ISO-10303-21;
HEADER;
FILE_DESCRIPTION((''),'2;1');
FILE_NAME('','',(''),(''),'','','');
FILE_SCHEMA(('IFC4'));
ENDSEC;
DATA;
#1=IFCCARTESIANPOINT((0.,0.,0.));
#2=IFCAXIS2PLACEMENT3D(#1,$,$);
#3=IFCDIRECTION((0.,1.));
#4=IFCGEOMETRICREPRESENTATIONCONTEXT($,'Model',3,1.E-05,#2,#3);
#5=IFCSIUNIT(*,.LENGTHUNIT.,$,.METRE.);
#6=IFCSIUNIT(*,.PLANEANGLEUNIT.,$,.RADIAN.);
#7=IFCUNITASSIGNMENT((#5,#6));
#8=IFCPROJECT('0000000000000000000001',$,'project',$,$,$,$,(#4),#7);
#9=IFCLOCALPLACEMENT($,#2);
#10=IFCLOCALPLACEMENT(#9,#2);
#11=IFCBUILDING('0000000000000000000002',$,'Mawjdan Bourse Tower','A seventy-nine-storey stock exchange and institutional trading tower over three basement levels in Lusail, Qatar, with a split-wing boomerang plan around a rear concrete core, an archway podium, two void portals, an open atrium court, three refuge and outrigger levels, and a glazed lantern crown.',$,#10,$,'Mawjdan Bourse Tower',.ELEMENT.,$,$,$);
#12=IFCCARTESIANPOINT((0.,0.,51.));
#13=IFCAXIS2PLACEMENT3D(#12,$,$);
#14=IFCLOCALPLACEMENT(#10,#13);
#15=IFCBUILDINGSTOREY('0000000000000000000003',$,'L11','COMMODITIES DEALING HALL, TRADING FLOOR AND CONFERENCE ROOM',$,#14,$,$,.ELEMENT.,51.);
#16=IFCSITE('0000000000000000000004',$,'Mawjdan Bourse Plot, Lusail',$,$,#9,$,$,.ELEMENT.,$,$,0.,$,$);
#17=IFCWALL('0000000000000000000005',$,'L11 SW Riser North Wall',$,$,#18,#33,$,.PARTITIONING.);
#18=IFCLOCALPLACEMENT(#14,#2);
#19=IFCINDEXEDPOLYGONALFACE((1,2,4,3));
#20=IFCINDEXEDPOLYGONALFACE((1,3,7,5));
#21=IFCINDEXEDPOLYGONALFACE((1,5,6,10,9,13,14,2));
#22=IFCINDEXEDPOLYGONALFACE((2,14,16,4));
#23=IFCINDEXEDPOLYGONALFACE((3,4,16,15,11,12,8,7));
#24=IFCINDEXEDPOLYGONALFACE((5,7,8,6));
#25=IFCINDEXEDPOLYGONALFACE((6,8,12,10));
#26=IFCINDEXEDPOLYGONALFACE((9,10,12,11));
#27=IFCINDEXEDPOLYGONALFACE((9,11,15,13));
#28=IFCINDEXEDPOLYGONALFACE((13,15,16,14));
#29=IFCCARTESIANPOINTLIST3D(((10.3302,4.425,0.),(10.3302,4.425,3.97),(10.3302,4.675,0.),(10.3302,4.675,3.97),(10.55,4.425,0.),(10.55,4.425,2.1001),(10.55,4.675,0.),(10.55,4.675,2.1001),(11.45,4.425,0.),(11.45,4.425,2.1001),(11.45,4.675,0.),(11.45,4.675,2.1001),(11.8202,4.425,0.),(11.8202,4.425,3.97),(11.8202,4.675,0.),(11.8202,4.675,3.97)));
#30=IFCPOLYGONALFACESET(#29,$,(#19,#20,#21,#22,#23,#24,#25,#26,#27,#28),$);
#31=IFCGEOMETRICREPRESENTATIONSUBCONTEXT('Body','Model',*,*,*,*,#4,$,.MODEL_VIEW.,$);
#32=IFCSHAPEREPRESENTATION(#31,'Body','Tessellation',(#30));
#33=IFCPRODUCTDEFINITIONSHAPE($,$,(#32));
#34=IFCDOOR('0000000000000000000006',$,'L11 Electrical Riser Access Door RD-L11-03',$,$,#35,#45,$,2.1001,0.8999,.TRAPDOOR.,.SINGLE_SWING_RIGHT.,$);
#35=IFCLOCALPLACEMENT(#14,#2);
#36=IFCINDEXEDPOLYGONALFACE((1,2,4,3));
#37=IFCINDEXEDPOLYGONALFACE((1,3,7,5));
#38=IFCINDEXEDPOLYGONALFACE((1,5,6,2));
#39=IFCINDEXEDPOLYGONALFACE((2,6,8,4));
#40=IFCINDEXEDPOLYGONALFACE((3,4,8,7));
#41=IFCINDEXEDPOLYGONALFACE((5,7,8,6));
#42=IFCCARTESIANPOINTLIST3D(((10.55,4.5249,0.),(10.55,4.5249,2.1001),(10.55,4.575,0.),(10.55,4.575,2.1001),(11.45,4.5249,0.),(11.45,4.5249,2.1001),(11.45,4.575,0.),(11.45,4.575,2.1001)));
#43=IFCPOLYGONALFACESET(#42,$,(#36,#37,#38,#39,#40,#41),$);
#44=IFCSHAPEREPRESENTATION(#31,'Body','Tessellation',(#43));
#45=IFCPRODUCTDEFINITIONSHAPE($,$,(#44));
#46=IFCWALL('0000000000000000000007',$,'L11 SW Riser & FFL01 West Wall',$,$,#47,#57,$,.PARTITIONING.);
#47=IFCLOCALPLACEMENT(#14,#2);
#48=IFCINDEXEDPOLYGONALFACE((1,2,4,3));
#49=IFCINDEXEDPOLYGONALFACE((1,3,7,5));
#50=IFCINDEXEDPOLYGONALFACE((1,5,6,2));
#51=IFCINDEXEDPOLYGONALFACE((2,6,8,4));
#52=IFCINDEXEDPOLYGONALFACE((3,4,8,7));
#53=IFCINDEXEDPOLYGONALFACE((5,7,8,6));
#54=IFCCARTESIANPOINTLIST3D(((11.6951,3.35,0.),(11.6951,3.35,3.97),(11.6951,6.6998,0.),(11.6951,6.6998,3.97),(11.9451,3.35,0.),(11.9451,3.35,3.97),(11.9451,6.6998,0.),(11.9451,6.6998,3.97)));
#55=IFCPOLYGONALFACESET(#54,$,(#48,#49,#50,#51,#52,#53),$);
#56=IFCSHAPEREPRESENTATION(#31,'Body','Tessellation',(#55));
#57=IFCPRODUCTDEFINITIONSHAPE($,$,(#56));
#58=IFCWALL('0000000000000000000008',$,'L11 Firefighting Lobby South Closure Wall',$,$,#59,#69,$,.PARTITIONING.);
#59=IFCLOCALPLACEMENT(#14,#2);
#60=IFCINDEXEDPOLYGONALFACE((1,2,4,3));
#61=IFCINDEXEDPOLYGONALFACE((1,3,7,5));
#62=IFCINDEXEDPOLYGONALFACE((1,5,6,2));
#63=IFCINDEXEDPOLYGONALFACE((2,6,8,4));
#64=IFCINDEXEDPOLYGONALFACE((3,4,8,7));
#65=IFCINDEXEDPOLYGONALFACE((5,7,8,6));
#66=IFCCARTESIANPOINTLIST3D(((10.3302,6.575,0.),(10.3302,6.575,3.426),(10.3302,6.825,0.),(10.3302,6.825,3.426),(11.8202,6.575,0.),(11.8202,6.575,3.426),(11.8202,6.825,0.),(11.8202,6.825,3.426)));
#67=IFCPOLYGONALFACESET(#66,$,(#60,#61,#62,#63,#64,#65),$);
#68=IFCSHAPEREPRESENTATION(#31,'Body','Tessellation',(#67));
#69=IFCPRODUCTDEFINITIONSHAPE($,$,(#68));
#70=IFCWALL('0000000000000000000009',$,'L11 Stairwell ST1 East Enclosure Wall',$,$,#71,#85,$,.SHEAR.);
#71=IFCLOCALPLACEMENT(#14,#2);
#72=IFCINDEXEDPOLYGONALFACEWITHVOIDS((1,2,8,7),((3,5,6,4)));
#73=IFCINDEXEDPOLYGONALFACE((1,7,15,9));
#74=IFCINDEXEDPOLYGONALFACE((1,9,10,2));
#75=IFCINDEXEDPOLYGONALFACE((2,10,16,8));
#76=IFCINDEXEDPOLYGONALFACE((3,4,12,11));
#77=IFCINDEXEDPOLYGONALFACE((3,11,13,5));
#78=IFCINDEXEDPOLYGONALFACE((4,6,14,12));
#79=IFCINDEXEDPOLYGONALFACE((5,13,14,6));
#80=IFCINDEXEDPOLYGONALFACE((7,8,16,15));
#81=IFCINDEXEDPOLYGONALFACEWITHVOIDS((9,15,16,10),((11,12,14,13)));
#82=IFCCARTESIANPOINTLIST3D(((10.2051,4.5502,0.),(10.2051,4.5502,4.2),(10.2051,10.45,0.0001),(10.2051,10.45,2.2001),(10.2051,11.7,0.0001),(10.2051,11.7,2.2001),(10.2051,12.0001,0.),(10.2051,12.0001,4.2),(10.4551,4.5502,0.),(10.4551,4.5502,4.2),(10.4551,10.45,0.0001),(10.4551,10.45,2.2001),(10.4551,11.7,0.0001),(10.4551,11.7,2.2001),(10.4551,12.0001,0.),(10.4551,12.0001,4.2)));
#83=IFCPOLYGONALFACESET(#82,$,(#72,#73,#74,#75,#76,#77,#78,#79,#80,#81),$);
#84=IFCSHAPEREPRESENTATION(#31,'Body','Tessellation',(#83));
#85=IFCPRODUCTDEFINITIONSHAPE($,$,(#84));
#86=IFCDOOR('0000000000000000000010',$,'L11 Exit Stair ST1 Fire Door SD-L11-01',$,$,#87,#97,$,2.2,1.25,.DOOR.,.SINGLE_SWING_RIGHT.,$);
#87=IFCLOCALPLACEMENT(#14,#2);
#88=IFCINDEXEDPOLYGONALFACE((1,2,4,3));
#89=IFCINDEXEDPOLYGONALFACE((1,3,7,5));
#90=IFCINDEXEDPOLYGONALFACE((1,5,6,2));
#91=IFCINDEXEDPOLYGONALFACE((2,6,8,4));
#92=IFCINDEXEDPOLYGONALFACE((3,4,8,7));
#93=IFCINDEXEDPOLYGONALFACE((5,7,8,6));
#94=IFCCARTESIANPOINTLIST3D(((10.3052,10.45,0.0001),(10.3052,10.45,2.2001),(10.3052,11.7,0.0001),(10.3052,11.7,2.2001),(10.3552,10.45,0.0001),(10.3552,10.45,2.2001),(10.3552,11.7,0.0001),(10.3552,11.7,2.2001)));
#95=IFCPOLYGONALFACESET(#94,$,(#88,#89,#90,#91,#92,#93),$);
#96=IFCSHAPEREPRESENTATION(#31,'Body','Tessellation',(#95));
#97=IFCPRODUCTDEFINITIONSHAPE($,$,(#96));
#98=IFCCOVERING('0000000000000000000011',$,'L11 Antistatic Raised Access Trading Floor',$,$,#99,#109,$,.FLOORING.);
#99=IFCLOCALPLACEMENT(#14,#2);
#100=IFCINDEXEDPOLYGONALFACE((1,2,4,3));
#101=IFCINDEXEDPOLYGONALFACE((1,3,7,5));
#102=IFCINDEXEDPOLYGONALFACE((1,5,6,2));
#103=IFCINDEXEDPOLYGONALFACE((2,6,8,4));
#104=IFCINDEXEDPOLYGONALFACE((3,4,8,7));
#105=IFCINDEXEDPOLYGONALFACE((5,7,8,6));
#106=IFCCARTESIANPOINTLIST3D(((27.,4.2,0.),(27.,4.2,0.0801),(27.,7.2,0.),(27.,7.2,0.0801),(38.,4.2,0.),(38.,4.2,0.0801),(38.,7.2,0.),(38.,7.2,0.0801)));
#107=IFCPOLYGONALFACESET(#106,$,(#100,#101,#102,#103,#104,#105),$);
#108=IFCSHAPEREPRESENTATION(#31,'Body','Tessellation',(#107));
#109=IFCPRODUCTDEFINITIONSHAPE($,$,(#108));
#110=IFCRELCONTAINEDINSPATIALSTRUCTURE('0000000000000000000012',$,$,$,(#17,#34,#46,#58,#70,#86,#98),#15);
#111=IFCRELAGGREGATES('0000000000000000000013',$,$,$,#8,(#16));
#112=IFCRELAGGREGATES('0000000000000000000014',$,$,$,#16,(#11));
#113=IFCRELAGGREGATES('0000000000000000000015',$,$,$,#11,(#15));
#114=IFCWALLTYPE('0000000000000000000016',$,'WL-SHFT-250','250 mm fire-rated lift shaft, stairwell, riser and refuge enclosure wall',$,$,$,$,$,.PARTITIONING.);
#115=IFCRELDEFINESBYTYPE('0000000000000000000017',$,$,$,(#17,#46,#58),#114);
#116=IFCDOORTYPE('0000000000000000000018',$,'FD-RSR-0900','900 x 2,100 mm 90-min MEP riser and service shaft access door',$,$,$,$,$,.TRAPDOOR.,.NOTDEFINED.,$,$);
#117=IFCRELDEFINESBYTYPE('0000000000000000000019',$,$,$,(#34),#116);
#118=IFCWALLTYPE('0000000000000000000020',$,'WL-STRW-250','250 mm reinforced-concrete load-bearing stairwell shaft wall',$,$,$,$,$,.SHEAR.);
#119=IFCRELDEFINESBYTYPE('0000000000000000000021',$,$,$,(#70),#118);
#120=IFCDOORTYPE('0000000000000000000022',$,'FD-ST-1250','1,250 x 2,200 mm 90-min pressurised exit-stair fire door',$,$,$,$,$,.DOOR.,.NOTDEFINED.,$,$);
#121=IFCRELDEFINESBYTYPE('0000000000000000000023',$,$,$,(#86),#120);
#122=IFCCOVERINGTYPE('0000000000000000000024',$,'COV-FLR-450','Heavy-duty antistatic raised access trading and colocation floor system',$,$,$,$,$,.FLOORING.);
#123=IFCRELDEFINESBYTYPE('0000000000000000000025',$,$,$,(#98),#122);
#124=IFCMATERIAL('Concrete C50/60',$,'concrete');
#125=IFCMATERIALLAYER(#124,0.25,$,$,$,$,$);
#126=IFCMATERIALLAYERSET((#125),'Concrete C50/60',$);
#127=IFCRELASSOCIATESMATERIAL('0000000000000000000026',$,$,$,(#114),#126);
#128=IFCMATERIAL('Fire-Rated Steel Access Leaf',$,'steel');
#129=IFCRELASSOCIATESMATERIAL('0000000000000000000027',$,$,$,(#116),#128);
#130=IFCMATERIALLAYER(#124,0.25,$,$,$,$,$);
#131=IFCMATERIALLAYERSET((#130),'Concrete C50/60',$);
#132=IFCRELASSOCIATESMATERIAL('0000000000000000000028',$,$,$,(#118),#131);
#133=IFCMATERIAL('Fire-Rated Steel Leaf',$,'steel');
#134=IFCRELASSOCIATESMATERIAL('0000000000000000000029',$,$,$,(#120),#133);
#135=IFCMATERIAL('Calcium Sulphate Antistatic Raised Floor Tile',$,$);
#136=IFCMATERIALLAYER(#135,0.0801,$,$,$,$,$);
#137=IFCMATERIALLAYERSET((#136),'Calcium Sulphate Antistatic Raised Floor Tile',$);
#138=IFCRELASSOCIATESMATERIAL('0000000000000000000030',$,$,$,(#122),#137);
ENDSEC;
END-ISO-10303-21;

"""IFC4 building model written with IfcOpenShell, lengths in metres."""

from ifc_helpers import new_model, si_unit, direction, frame, frame_2d, origin, place, context, subcontext, project, spatial, polyline, rectangle, outline, extrude, material, layer, layer_set, type_object, element, fill, save


model = new_model("IFC4")

# Units and contexts
model_context = context("Model", 3, precision=1e-05, world=origin(), true_north=direction((0.0, 1.0)))
body_context = subcontext(model_context, "Body", "Model", "MODEL_VIEW")
ifc_project = project(units=[si_unit("LENGTHUNIT", "METRE"), si_unit("PLANEANGLEUNIT", "RADIAN")], contexts=[model_context])

# Site, building, storey
site_placement = place(None, origin())
site = spatial("IfcSite", under=ifc_project, at=site_placement, Name="Mawjdan Bourse Plot, Lusail", CompositionType="ELEMENT", RefElevation=0.0)
building_placement = place(site_placement, origin())
building = spatial("IfcBuilding", under=site, at=building_placement, Name="Mawjdan Bourse Tower", Description="A seventy-nine-storey stock exchange and institutional trading tower over three basement levels in Lusail, Qatar, with a split-wing boomerang plan around a rear concrete core, an archway podium, two void portals, an open atrium court, three refuge and outrigger levels, and a glazed lantern crown.", LongName="Mawjdan Bourse Tower", CompositionType="ELEMENT")
storey_placement = place(building_placement, frame((0.0, 0.0, 51.0)))
storey = spatial("IfcBuildingStorey", under=building, at=storey_placement, Name="L11", Description="COMMODITIES DEALING HALL, TRADING FLOOR AND CONFERENCE ROOM", CompositionType="ELEMENT", Elevation=51.0)

# Shared definitions
ifc_material_1 = material(Name="Concrete C50/60", Category="concrete")

# Wall, opening, door
ifc_layer_1 = layer(ifc_material_1, 0.25)
ifc_layer_set_1 = layer_set([ifc_layer_1], Name="Concrete C50/60")
wall_type_1 = type_object("IfcWallType", Name="WL-SHFT-250", Description="250 mm fire-rated lift shaft, stairwell, riser and refuge enclosure wall", PredefinedType="PARTITIONING", material=ifc_layer_set_1)
wall_1_placement = place(storey_placement, frame((10.3301, 4.55, 0.0), z_axis=(0.0, 0.0, 1.0), x_axis=(1.0, 0.0, 0.0)))
wall_1 = element("IfcWall", 1, at=wall_1_placement, inside=storey, type_object=wall_type_1, Name="L11 SW Riser North Wall", PredefinedType="PARTITIONING", context=body_context, shape_type="SweptSolid", body=[
    extrude(rectangle(XDim=1.49, YDim=0.25, at=frame_2d((0.7451, 0.0))), origin(), (0.0, 0.0, 1.0), 3.97),
])
opening_1_placement = place(wall_1_placement, frame((0.22, 0.0, 0.0)))
opening_1 = element("IfcOpeningElement", 2, at=opening_1_placement, cuts=wall_1, PredefinedType="OPENING", context=body_context, shape_type="SweptSolid", body=[
    extrude(rectangle(XDim=0.8999, YDim=2.1001, at=frame_2d((0.45, 1.05))), frame((0.0, 0.135, 0.0), z_axis=(0.0, -1.0, 0.0), x_axis=(1.0, 0.0, 0.0)), (0.0, 0.0, 1.0), 0.27),
])
ifc_material_2 = material(Name="Fire-Rated Steel Access Leaf", Category="steel")
door_type_1 = type_object("IfcDoorType", Name="FD-RSR-0900", Description="900 x 2,100 mm 90-min MEP riser and service shaft access door", OperationType="NOTDEFINED", PredefinedType="TRAPDOOR", material=ifc_material_2)
door_1_placement = place(opening_1_placement, origin())
door_1 = element("IfcDoor", 3, at=door_1_placement, inside=storey, type_object=door_type_1, Name="L11 Electrical Riser Access Door RD-L11-03", OperationType="SINGLE_SWING_RIGHT", OverallHeight=2.1001, OverallWidth=0.8999, PredefinedType="TRAPDOOR", context=body_context, shape_type="SweptSolid", body=[
    extrude(rectangle(XDim=0.8999, YDim=2.1001, at=frame_2d((0.45, 1.05))), frame((0.0, 0.0249, 0.0), z_axis=(0.0, -1.0, 0.0), x_axis=(1.0, 0.0, 0.0)), (0.0, 0.0, 1.0), 0.05),
])
fill(opening_1, door_1)

# Walls
wall_2_placement = place(storey_placement, frame((11.8201, 3.3501, 0.0), z_axis=(0.0, 0.0, 1.0), x_axis=(0.0, 1.0, 0.0)))
element("IfcWall", 4, at=wall_2_placement, inside=storey, type_object=wall_type_1, Name="L11 SW Riser & FFL01 West Wall", PredefinedType="PARTITIONING", context=body_context, shape_type="SweptSolid", body=[
    extrude(rectangle(XDim=3.3499, YDim=0.25, at=frame_2d((1.6748, 0.0))), origin(), (0.0, 0.0, 1.0), 3.97),
])
wall_3_placement = place(storey_placement, frame((10.3301, 6.7, 0.0), z_axis=(0.0, 0.0, 1.0), x_axis=(1.0, 0.0, 0.0)))
element("IfcWall", 5, at=wall_3_placement, inside=storey, type_object=wall_type_1, Name="L11 Firefighting Lobby South Closure Wall", PredefinedType="PARTITIONING", context=body_context, shape_type="SweptSolid", body=[
    extrude(rectangle(XDim=1.49, YDim=0.25, at=frame_2d((0.7451, 0.0))), origin(), (0.0, 0.0, 1.0), 3.426),
])
ifc_layer_2 = layer(ifc_material_1, 0.25)
ifc_layer_set_2 = layer_set([ifc_layer_2], Name="Concrete C50/60")
wall_type_2 = type_object("IfcWallType", Name="WL-STRW-250", Description="250 mm reinforced-concrete load-bearing stairwell shaft wall", PredefinedType="SHEAR", material=ifc_layer_set_2)

# Wall, opening, door
wall_4_placement = place(storey_placement, frame((10.3301, 4.55, 0.0), z_axis=(0.0, 0.0, 1.0), x_axis=(0.0, 1.0, 0.0)))
wall_4 = element("IfcWall", 6, at=wall_4_placement, inside=storey, type_object=wall_type_2, Name="L11 Stairwell ST1 East Enclosure Wall", PredefinedType="SHEAR", context=body_context, shape_type="SweptSolid", body=[
    extrude(rectangle(XDim=7.45, YDim=0.25, at=frame_2d((3.7251, 0.0))), origin(), (0.0, 0.0, 1.0), 4.2),
])
opening_2_placement = place(wall_4_placement, frame((5.8999, 0.0, 0.0)))
opening_2 = element("IfcOpeningElement", 7, at=opening_2_placement, cuts=wall_4, PredefinedType="OPENING", context=body_context, shape_type="SweptSolid", body=[
    extrude(rectangle(XDim=1.25, YDim=2.2, at=frame_2d((0.625, 1.1001))), frame((0.0, 0.135, 0.0), z_axis=(0.0, -1.0, 0.0), x_axis=(1.0, 0.0, 0.0)), (0.0, 0.0, 1.0), 0.27),
])
ifc_material_3 = material(Name="Fire-Rated Steel Leaf", Category="steel")
door_type_2 = type_object("IfcDoorType", Name="FD-ST-1250", Description="1,250 x 2,200 mm 90-min pressurised exit-stair fire door", OperationType="NOTDEFINED", PredefinedType="DOOR", material=ifc_material_3)
door_2_placement = place(opening_2_placement, origin())
door_2 = element("IfcDoor", 8, at=door_2_placement, inside=storey, type_object=door_type_2, Name="L11 Exit Stair ST1 Fire Door SD-L11-01", OperationType="SINGLE_SWING_RIGHT", OverallHeight=2.2, OverallWidth=1.25, PredefinedType="DOOR", context=body_context, shape_type="SweptSolid", body=[
    extrude(rectangle(XDim=1.25, YDim=2.2, at=frame_2d((0.625, 1.1001))), frame((0.0, 0.0249, 0.0), z_axis=(0.0, -1.0, 0.0), x_axis=(1.0, 0.0, 0.0)), (0.0, 0.0, 1.0), 0.05),
])
fill(opening_2, door_2)

# Covering
ifc_material_4 = material(Name="Calcium Sulphate Antistatic Raised Floor Tile")
ifc_layer_3 = layer(ifc_material_4, 0.0801)
ifc_layer_set_3 = layer_set([ifc_layer_3], Name="Calcium Sulphate Antistatic Raised Floor Tile")
covering_type = type_object("IfcCoveringType", Name="COV-FLR-450", Description="Heavy-duty antistatic raised access trading and colocation floor system", PredefinedType="FLOORING", material=ifc_layer_set_3)
covering_placement = place(storey_placement, origin())
element("IfcCovering", 9, at=covering_placement, inside=storey, type_object=covering_type, Name="L11 Antistatic Raised Access Trading Floor", PredefinedType="FLOORING", context=body_context, shape_type="SweptSolid", body=[
    extrude(outline(polyline([(27.0, 4.2), (38.0, 4.2), (38.0, 7.2), (27.0, 7.2), (27.0, 4.2)])), origin(), (0.0, 0.0, 1.0), 0.0801),
])

save(model, "model.ifc")
